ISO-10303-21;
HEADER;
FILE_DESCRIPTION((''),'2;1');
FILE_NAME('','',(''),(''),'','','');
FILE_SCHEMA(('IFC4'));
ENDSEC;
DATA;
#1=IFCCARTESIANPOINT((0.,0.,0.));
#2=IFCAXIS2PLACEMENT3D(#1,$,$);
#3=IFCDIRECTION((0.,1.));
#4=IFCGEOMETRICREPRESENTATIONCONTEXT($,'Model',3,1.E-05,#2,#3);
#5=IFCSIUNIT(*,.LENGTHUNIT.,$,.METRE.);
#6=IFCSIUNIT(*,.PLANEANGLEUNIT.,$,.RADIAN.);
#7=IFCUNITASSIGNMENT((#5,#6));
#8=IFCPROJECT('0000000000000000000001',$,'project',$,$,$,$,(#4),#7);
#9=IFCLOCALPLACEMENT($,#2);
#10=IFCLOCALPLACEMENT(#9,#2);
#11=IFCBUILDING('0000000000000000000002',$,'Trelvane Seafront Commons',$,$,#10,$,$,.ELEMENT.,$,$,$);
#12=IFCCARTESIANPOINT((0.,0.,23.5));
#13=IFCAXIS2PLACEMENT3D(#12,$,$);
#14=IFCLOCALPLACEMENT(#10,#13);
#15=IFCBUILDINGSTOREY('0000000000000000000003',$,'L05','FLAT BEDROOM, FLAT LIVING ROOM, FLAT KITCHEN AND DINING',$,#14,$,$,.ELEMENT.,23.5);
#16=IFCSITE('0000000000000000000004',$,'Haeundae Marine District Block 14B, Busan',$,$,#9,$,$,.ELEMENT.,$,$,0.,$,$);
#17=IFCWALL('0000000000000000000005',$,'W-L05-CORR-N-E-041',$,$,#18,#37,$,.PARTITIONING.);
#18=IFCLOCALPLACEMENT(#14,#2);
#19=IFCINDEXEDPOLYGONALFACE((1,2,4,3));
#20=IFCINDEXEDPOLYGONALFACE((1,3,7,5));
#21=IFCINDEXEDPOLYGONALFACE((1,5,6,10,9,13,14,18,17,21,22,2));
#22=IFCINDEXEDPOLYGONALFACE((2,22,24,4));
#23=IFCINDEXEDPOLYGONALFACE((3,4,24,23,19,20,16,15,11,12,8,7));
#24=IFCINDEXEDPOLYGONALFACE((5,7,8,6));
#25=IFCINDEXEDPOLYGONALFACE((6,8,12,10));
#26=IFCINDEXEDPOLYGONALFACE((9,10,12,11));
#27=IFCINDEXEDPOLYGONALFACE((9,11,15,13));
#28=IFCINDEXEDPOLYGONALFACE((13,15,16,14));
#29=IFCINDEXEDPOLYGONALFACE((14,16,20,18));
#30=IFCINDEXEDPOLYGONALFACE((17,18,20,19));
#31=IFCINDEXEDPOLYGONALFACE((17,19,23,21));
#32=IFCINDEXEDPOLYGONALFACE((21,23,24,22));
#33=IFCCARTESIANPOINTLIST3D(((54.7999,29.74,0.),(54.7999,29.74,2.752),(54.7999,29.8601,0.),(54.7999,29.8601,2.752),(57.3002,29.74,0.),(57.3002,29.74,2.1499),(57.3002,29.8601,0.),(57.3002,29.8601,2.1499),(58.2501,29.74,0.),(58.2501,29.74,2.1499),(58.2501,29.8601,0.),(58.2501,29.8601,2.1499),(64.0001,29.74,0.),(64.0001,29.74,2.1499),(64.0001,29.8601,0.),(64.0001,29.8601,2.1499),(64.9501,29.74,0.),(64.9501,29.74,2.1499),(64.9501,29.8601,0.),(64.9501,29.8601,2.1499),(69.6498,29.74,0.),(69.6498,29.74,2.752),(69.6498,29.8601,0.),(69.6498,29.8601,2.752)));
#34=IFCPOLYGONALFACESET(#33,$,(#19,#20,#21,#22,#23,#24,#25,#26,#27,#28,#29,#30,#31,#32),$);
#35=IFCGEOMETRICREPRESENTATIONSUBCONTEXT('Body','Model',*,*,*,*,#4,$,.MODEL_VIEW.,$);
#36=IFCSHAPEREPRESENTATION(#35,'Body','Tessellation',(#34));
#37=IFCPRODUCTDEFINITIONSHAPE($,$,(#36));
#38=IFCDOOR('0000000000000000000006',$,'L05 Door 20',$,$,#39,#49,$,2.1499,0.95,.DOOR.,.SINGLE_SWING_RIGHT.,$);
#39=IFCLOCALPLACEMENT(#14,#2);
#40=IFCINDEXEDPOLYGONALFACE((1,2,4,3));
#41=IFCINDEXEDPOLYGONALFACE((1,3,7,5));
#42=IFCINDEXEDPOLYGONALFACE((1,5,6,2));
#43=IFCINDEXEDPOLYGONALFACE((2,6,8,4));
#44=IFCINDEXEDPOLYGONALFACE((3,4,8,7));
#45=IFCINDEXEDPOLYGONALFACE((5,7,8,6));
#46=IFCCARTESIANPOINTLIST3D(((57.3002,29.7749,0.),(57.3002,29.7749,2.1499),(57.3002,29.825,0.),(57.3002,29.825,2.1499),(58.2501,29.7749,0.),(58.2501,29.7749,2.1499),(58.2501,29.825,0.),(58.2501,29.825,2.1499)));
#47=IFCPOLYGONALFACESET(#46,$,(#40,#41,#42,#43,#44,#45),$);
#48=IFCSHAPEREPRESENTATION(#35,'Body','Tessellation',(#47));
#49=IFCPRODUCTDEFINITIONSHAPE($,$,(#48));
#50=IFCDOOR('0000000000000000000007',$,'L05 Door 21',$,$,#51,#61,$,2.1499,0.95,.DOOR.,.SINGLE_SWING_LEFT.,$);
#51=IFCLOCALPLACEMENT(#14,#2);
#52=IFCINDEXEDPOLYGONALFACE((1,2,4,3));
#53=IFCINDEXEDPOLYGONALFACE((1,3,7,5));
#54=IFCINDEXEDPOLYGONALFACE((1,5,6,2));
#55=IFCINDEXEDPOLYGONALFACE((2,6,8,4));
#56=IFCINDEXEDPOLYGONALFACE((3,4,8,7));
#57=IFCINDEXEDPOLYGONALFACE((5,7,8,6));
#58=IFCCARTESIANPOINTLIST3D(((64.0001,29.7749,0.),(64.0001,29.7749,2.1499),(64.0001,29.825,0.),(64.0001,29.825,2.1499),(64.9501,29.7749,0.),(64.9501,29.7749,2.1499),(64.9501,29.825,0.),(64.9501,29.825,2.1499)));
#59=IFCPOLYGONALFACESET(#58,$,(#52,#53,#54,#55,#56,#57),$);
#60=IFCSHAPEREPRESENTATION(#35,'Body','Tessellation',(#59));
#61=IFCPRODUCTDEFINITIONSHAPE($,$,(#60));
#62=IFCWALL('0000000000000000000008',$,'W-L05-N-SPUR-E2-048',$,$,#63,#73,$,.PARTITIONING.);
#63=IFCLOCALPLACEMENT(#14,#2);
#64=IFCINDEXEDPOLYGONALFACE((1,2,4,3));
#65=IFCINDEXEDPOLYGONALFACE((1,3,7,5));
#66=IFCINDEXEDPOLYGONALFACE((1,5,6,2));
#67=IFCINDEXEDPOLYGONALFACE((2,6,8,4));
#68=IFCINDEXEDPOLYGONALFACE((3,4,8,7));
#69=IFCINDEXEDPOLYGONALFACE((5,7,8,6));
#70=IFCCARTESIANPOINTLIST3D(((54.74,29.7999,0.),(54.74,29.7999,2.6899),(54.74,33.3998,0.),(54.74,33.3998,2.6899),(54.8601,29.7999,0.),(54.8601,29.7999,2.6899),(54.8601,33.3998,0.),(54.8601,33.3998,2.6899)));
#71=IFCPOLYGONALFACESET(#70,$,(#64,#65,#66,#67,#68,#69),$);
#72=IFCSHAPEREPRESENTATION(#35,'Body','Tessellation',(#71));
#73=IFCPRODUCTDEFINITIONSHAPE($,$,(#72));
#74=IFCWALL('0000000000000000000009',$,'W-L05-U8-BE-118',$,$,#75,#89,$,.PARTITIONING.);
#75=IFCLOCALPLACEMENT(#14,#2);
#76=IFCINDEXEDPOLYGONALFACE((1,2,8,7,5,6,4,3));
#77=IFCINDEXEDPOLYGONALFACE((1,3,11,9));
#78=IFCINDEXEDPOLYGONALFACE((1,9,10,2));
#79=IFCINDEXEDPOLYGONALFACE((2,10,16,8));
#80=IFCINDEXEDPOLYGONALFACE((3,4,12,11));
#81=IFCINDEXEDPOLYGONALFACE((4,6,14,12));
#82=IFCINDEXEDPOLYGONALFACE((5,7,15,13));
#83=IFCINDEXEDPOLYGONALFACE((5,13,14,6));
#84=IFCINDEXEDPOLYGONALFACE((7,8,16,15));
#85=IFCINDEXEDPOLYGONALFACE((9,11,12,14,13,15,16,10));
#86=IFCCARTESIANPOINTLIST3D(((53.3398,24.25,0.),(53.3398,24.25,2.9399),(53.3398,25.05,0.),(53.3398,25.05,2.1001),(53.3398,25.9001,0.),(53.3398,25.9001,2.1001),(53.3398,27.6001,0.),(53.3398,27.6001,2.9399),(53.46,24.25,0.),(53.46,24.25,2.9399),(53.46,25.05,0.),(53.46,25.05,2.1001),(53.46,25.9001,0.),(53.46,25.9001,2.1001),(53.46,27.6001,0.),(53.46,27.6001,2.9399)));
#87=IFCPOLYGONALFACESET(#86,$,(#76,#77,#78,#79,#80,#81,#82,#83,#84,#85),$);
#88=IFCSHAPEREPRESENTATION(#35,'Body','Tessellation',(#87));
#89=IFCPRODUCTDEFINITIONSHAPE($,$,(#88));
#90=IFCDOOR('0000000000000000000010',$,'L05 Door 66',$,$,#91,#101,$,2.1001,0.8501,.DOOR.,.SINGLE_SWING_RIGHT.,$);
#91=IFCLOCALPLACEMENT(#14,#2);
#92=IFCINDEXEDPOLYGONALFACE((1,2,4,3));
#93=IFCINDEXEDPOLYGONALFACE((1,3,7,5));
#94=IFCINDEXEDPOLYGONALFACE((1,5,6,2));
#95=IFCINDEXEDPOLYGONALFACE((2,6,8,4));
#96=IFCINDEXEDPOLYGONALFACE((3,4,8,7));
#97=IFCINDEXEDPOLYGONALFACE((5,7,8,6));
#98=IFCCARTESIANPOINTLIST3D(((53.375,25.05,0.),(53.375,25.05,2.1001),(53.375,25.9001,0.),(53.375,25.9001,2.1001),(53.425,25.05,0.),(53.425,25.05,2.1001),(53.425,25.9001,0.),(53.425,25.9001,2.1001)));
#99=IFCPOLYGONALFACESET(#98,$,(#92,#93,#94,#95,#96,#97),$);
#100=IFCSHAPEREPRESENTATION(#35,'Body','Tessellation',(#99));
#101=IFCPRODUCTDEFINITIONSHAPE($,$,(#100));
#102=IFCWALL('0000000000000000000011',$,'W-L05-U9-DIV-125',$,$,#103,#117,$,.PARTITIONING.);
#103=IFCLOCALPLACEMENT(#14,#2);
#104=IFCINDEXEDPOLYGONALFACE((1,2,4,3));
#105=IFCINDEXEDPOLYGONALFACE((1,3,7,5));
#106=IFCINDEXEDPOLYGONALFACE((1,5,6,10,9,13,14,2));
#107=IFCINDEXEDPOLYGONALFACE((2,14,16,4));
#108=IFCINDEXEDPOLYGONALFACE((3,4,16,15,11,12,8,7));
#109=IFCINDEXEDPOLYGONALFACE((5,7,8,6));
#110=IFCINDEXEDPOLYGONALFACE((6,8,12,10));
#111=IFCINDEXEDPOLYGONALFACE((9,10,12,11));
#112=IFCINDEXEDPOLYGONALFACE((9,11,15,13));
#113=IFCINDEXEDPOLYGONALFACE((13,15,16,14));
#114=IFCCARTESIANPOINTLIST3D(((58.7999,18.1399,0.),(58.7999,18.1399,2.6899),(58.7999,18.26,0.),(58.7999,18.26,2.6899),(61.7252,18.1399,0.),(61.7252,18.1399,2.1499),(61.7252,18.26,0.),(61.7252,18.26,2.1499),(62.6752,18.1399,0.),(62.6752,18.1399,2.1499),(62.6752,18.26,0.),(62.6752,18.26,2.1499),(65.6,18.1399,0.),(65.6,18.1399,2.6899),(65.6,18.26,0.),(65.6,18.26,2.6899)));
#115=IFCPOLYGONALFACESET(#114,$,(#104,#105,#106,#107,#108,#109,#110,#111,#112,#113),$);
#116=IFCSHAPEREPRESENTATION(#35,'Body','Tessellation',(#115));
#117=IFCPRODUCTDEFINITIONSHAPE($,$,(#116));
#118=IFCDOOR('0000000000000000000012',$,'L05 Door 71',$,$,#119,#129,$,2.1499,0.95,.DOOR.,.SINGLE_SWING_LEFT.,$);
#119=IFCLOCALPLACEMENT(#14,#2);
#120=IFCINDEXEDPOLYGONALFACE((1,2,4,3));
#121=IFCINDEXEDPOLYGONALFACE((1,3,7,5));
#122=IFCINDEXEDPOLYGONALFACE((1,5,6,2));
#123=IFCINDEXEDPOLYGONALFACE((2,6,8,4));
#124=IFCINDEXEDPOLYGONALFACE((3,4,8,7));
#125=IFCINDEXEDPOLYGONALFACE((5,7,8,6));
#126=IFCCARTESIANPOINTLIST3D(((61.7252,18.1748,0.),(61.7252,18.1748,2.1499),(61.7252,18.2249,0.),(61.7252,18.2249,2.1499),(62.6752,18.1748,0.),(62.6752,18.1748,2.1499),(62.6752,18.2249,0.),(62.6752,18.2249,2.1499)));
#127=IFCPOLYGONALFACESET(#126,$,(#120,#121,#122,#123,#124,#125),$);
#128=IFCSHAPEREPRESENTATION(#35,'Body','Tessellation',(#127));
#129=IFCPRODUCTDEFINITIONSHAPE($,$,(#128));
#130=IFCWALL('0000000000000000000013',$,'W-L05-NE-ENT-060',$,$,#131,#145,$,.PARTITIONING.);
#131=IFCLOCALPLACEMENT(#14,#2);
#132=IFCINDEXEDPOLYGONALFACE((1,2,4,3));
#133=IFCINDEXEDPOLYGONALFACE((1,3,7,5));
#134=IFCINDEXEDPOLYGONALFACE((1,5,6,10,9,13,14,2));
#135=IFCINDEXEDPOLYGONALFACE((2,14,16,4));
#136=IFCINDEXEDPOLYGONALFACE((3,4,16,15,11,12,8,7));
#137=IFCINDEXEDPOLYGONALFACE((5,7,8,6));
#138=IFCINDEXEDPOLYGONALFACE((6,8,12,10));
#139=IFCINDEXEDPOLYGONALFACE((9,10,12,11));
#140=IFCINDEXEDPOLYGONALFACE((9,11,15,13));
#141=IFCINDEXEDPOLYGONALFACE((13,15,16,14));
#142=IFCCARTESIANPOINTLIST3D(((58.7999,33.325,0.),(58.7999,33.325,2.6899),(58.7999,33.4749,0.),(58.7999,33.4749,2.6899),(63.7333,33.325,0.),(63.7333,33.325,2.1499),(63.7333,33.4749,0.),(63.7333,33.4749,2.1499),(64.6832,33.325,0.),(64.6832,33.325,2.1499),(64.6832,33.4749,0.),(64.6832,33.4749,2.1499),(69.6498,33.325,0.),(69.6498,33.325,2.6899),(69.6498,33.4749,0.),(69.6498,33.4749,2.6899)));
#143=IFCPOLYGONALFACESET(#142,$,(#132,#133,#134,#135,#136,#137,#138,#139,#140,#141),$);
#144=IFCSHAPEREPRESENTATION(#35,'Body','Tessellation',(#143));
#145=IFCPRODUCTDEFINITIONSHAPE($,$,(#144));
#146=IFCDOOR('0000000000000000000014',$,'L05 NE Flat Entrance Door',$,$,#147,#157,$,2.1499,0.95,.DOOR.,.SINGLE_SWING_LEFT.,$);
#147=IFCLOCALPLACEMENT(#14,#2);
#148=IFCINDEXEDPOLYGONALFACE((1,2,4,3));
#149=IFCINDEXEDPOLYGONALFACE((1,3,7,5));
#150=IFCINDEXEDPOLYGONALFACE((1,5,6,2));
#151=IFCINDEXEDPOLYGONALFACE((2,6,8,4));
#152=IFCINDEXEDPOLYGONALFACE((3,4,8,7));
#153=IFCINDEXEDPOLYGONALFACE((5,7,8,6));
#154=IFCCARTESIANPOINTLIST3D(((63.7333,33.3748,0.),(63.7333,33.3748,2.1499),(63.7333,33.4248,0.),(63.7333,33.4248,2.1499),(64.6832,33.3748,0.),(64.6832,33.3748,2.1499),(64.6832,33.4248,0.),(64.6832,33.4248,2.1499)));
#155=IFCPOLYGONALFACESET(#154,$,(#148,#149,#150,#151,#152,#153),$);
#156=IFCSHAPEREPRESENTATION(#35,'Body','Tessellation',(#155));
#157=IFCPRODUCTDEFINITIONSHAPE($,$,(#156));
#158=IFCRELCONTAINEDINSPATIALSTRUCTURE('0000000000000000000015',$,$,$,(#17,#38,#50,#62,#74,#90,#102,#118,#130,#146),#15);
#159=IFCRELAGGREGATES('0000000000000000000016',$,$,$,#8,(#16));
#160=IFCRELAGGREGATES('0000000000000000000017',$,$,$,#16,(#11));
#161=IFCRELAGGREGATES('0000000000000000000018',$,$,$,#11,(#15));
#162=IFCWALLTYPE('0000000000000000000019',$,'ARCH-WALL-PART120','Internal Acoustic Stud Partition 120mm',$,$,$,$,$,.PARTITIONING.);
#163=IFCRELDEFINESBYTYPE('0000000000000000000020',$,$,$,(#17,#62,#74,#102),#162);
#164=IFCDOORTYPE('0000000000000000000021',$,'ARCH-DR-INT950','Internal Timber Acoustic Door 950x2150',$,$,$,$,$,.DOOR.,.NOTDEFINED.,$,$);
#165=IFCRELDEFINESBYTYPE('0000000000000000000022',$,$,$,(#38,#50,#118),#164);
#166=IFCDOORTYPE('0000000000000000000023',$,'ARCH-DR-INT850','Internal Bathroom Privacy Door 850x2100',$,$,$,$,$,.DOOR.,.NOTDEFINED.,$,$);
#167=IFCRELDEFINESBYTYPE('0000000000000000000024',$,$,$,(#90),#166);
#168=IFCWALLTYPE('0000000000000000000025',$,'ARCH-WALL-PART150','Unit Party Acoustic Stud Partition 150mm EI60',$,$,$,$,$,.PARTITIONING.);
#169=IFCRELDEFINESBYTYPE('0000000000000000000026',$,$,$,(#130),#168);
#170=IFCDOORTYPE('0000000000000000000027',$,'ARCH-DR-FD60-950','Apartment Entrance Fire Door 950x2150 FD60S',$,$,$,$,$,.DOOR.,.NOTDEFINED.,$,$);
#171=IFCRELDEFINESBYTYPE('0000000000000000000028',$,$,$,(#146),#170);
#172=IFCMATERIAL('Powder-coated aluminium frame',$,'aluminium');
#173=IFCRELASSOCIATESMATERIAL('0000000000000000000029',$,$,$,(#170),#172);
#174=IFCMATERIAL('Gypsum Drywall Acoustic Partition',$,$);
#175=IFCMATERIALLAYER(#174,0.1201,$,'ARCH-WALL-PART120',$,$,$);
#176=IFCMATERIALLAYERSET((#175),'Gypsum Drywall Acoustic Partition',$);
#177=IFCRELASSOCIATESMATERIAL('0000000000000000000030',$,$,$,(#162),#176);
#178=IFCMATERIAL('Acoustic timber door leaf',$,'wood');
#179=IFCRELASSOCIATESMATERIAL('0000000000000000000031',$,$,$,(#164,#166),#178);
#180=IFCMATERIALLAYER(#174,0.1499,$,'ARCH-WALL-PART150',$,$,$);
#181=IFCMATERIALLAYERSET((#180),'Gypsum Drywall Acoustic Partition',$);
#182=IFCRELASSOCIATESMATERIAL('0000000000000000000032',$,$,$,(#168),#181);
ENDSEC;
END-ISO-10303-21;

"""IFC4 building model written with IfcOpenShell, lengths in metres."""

from ifc_helpers import new_model, si_unit, direction, frame, frame_2d, origin, place, context, subcontext, project, spatial, rectangle, extrude, source, transform, mapped, material, layer, layer_set, type_object, element, fill, save


model = new_model("IFC4")

# Units and contexts
model_context = context("Model", 3, precision=1e-05, world=origin(), true_north=direction((0.0, 1.0)))
body_context = subcontext(model_context, "Body", "Model", "MODEL_VIEW")
ifc_project = project(units=[si_unit("LENGTHUNIT", "METRE"), si_unit("PLANEANGLEUNIT", "RADIAN")], contexts=[model_context])

# Site, building, storey
site_placement = place(None, origin())
site = spatial("IfcSite", under=ifc_project, at=site_placement, Name="Haeundae Marine District Block 14B, Busan", CompositionType="ELEMENT", RefElevation=0.0)
building_placement = place(site_placement, origin())
building = spatial("IfcBuilding", under=site, at=building_placement, Name="Trelvane Seafront Commons", CompositionType="ELEMENT")
storey_placement = place(building_placement, frame((0.0, 0.0, 23.5)))
storey = spatial("IfcBuildingStorey", under=building, at=storey_placement, Name="L05", Description="FLAT BEDROOM, FLAT LIVING ROOM, FLAT KITCHEN AND DINING", CompositionType="ELEMENT", Elevation=23.5)

# Shared definitions
ifc_material_1 = material(Name="Powder-coated aluminium frame", Category="aluminium")
door_type_1 = type_object("IfcDoorType", Name="ARCH-DR-FD60-950", Description="Apartment Entrance Fire Door 950x2150 FD60S", OperationType="NOTDEFINED", PredefinedType="DOOR", material=ifc_material_1)
shared_shape_1 = source(origin(), body_context, "Body", "SweptSolid", [
    extrude(rectangle(XDim=0.95, YDim=2.1499, at=frame_2d((0.4751, 1.075))), frame((0.0, 0.0249, 0.0), z_axis=(0.0, -1.0, 0.0), x_axis=(1.0, 0.0, 0.0)), (0.0, 0.0, 1.0), 0.05),
])

# Wall, openings, doors
ifc_material_2 = material(Name="Gypsum Drywall Acoustic Partition")
ifc_layer_1 = layer(ifc_material_2, 0.1201, Name="ARCH-WALL-PART120")
ifc_layer_set_1 = layer_set([ifc_layer_1], Name="Gypsum Drywall Acoustic Partition")
wall_type_1 = type_object("IfcWallType", Name="ARCH-WALL-PART120", Description="Internal Acoustic Stud Partition 120mm", PredefinedType="PARTITIONING", material=ifc_layer_set_1)
wall_1_placement = place(storey_placement, frame((54.8, 29.8, 0.0), z_axis=(0.0, 0.0, 1.0), x_axis=(1.0, 0.0, 0.0)))
wall_1 = element("IfcWall", 1, at=wall_1_placement, inside=storey, type_object=wall_type_1, Name="W-L05-CORR-N-E-041", PredefinedType="PARTITIONING", context=body_context, shape_type="SweptSolid", body=[
    extrude(rectangle(XDim=14.8499, YDim=0.1201, at=frame_2d((7.4248, 0.0))), origin(), (0.0, 0.0, 1.0), 2.752),
])
opening_1_placement = place(wall_1_placement, frame((2.5, 0.0, 0.0)))
opening_1 = element("IfcOpeningElement", 2, at=opening_1_placement, cuts=wall_1, PredefinedType="OPENING", context=body_context, shape_type="SweptSolid", body=[
    extrude(rectangle(XDim=0.95, YDim=2.1499, at=frame_2d((0.4751, 1.075))), frame((0.0, 0.0701, 0.0), z_axis=(0.0, -1.0, 0.0), x_axis=(1.0, 0.0, 0.0)), (0.0, 0.0, 1.0), 0.1401),
])
opening_2_placement = place(wall_1_placement, frame((9.2, 0.0, 0.0)))
opening_2 = element("IfcOpeningElement", 3, at=opening_2_placement, cuts=wall_1, PredefinedType="OPENING", context=body_context, shape_type="SweptSolid", body=[
    extrude(rectangle(XDim=0.95, YDim=2.1499, at=frame_2d((0.4751, 1.075))), frame((0.0, 0.0701, 0.0), z_axis=(0.0, -1.0, 0.0), x_axis=(1.0, 0.0, 0.0)), (0.0, 0.0, 1.0), 0.1401),
])
ifc_material_3 = material(Name="Acoustic timber door leaf", Category="wood")
door_type_2 = type_object("IfcDoorType", Name="ARCH-DR-INT950", Description="Internal Timber Acoustic Door 950x2150", OperationType="NOTDEFINED", PredefinedType="DOOR", material=ifc_material_3)
door_1_placement = place(opening_1_placement, origin())
door_1 = element("IfcDoor", 4, at=door_1_placement, inside=storey, type_object=door_type_2, Name="L05 Door 20", OperationType="SINGLE_SWING_RIGHT", OverallHeight=2.1499, OverallWidth=0.95, PredefinedType="DOOR", context=body_context, shape_type="MappedRepresentation", body=[
    mapped(shared_shape_1, transform((0.0, 0.0, 0.0), x_axis=(1.0, 0.0, 0.0), y_axis=(0.0, 1.0, 0.0), z_axis=(0.0, 0.0, 1.0), scale=1.0)),
])
fill(opening_1, door_1)
door_2_placement = place(opening_2_placement, origin())
door_2 = element("IfcDoor", 5, at=door_2_placement, inside=storey, type_object=door_type_2, Name="L05 Door 21", OperationType="SINGLE_SWING_LEFT", OverallHeight=2.1499, OverallWidth=0.95, PredefinedType="DOOR", context=body_context, shape_type="MappedRepresentation", body=[
    mapped(shared_shape_1, transform((0.0, 0.0, 0.0), x_axis=(1.0, 0.0, 0.0), y_axis=(0.0, 1.0, 0.0), z_axis=(0.0, 0.0, 1.0), scale=1.0)),
])
fill(opening_2, door_2)

# Wall
wall_2_placement = place(storey_placement, frame((54.8, 29.8, 0.0), z_axis=(0.0, 0.0, 1.0), x_axis=(0.0, 1.0, 0.0)))
element("IfcWall", 6, at=wall_2_placement, inside=storey, type_object=wall_type_1, Name="W-L05-N-SPUR-E2-048", PredefinedType="PARTITIONING", context=body_context, shape_type="SweptSolid", body=[
    extrude(rectangle(XDim=3.5999, YDim=0.1201, at=frame_2d((1.7998, 0.0))), origin(), (0.0, 0.0, 1.0), 2.6899),
])

# Walls, openings, doors
wall_3_placement = place(storey_placement, frame((53.3999, 24.25, 0.0), z_axis=(0.0, 0.0, 1.0), x_axis=(0.0, 1.0, 0.0)))
wall_3 = element("IfcWall", 7, at=wall_3_placement, inside=storey, type_object=wall_type_1, Name="W-L05-U8-BE-118", PredefinedType="PARTITIONING", context=body_context, shape_type="SweptSolid", body=[
    extrude(rectangle(XDim=3.3501, YDim=0.1201, at=frame_2d((1.675, 0.0))), origin(), (0.0, 0.0, 1.0), 2.9399),
])
opening_3_placement = place(wall_3_placement, frame((0.8, 0.0, 0.0)))
opening_3 = element("IfcOpeningElement", 8, at=opening_3_placement, cuts=wall_3, PredefinedType="OPENING", context=body_context, shape_type="SweptSolid", body=[
    extrude(rectangle(XDim=0.8501, YDim=2.1001, at=frame_2d((0.425, 1.05))), frame((0.0, 0.0701, 0.0), z_axis=(0.0, -1.0, 0.0), x_axis=(1.0, 0.0, 0.0)), (0.0, 0.0, 1.0), 0.1401),
])
door_type_3 = type_object("IfcDoorType", Name="ARCH-DR-INT850", Description="Internal Bathroom Privacy Door 850x2100", OperationType="NOTDEFINED", PredefinedType="DOOR", material=ifc_material_3)
shared_shape_2 = source(origin(), body_context, "Body", "SweptSolid", [
    extrude(rectangle(XDim=0.8501, YDim=2.1001, at=frame_2d((0.425, 1.05))), frame((0.0, 0.0249, 0.0), z_axis=(0.0, -1.0, 0.0), x_axis=(1.0, 0.0, 0.0)), (0.0, 0.0, 1.0), 0.05),
])
door_3_placement = place(opening_3_placement, origin())
door_3 = element("IfcDoor", 9, at=door_3_placement, inside=storey, type_object=door_type_3, Name="L05 Door 66", OperationType="SINGLE_SWING_RIGHT", OverallHeight=2.1001, OverallWidth=0.8501, PredefinedType="DOOR", context=body_context, shape_type="MappedRepresentation", body=[
    mapped(shared_shape_2, transform((0.0, 0.0, 0.0), x_axis=(1.0, 0.0, 0.0), y_axis=(0.0, 1.0, 0.0), z_axis=(0.0, 0.0, 1.0), scale=1.0)),
])
fill(opening_3, door_3)
wall_4_placement = place(storey_placement, frame((58.8, 18.2, 0.0), z_axis=(0.0, 0.0, 1.0), x_axis=(1.0, 0.0, 0.0)))
wall_4 = element("IfcWall", 10, at=wall_4_placement, inside=storey, type_object=wall_type_1, Name="W-L05-U9-DIV-125", PredefinedType="PARTITIONING", context=body_context, shape_type="SweptSolid", body=[
    extrude(rectangle(XDim=6.8, YDim=0.1201, at=frame_2d((3.3999, 0.0))), origin(), (0.0, 0.0, 1.0), 2.6899),
])
opening_4_placement = place(wall_4_placement, frame((2.925, 0.0, 0.0)))
opening_4 = element("IfcOpeningElement", 11, at=opening_4_placement, cuts=wall_4, PredefinedType="OPENING", context=body_context, shape_type="SweptSolid", body=[
    extrude(rectangle(XDim=0.95, YDim=2.1499, at=frame_2d((0.4751, 1.075))), frame((0.0, 0.0701, 0.0), z_axis=(0.0, -1.0, 0.0), x_axis=(1.0, 0.0, 0.0)), (0.0, 0.0, 1.0), 0.1401),
])
door_4_placement = place(opening_4_placement, origin())
door_4 = element("IfcDoor", 12, at=door_4_placement, inside=storey, type_object=door_type_2, Name="L05 Door 71", OperationType="SINGLE_SWING_LEFT", OverallHeight=2.1499, OverallWidth=0.95, PredefinedType="DOOR", context=body_context, shape_type="MappedRepresentation", body=[
    mapped(shared_shape_1, transform((0.0, 0.0, 0.0), x_axis=(1.0, 0.0, 0.0), y_axis=(0.0, 1.0, 0.0), z_axis=(0.0, 0.0, 1.0), scale=1.0)),
])
fill(opening_4, door_4)
ifc_layer_2 = layer(ifc_material_2, 0.1499, Name="ARCH-WALL-PART150")
ifc_layer_set_2 = layer_set([ifc_layer_2], Name="Gypsum Drywall Acoustic Partition")
wall_type_2 = type_object("IfcWallType", Name="ARCH-WALL-PART150", Description="Unit Party Acoustic Stud Partition 150mm EI60", PredefinedType="PARTITIONING", material=ifc_layer_set_2)
wall_5_placement = place(storey_placement, frame((58.8, 33.3999, 0.0), z_axis=(0.0, 0.0, 1.0), x_axis=(1.0, 0.0, 0.0)))
wall_5 = element("IfcWall", 13, at=wall_5_placement, inside=storey, type_object=wall_type_2, Name="W-L05-NE-ENT-060", PredefinedType="PARTITIONING", context=body_context, shape_type="SweptSolid", body=[
    extrude(rectangle(XDim=10.8499, YDim=0.1499, at=frame_2d((5.4248, 0.0))), origin(), (0.0, 0.0, 1.0), 2.6899),
])
opening_5_placement = place(wall_5_placement, frame((4.9331, 0.0, 0.0)))
opening_5 = element("IfcOpeningElement", 14, at=opening_5_placement, cuts=wall_5, PredefinedType="OPENING", context=body_context, shape_type="SweptSolid", body=[
    extrude(rectangle(XDim=0.95, YDim=2.1499, at=frame_2d((0.4751, 1.075))), frame((0.0, 0.085, 0.0), z_axis=(0.0, -1.0, 0.0), x_axis=(1.0, 0.0, 0.0)), (0.0, 0.0, 1.0), 0.1699),
])
door_5_placement = place(opening_5_placement, origin())
door_5 = element("IfcDoor", 15, at=door_5_placement, inside=storey, type_object=door_type_1, Name="L05 NE Flat Entrance Door", OperationType="SINGLE_SWING_LEFT", OverallHeight=2.1499, OverallWidth=0.95, PredefinedType="DOOR", context=body_context, shape_type="MappedRepresentation", body=[
    mapped(shared_shape_1, transform((0.0, 0.0, 0.0), x_axis=(1.0, 0.0, 0.0), y_axis=(0.0, 1.0, 0.0), z_axis=(0.0, 0.0, 1.0), scale=1.0)),
])
fill(opening_5, door_5)

save(model, "model.ifc")
